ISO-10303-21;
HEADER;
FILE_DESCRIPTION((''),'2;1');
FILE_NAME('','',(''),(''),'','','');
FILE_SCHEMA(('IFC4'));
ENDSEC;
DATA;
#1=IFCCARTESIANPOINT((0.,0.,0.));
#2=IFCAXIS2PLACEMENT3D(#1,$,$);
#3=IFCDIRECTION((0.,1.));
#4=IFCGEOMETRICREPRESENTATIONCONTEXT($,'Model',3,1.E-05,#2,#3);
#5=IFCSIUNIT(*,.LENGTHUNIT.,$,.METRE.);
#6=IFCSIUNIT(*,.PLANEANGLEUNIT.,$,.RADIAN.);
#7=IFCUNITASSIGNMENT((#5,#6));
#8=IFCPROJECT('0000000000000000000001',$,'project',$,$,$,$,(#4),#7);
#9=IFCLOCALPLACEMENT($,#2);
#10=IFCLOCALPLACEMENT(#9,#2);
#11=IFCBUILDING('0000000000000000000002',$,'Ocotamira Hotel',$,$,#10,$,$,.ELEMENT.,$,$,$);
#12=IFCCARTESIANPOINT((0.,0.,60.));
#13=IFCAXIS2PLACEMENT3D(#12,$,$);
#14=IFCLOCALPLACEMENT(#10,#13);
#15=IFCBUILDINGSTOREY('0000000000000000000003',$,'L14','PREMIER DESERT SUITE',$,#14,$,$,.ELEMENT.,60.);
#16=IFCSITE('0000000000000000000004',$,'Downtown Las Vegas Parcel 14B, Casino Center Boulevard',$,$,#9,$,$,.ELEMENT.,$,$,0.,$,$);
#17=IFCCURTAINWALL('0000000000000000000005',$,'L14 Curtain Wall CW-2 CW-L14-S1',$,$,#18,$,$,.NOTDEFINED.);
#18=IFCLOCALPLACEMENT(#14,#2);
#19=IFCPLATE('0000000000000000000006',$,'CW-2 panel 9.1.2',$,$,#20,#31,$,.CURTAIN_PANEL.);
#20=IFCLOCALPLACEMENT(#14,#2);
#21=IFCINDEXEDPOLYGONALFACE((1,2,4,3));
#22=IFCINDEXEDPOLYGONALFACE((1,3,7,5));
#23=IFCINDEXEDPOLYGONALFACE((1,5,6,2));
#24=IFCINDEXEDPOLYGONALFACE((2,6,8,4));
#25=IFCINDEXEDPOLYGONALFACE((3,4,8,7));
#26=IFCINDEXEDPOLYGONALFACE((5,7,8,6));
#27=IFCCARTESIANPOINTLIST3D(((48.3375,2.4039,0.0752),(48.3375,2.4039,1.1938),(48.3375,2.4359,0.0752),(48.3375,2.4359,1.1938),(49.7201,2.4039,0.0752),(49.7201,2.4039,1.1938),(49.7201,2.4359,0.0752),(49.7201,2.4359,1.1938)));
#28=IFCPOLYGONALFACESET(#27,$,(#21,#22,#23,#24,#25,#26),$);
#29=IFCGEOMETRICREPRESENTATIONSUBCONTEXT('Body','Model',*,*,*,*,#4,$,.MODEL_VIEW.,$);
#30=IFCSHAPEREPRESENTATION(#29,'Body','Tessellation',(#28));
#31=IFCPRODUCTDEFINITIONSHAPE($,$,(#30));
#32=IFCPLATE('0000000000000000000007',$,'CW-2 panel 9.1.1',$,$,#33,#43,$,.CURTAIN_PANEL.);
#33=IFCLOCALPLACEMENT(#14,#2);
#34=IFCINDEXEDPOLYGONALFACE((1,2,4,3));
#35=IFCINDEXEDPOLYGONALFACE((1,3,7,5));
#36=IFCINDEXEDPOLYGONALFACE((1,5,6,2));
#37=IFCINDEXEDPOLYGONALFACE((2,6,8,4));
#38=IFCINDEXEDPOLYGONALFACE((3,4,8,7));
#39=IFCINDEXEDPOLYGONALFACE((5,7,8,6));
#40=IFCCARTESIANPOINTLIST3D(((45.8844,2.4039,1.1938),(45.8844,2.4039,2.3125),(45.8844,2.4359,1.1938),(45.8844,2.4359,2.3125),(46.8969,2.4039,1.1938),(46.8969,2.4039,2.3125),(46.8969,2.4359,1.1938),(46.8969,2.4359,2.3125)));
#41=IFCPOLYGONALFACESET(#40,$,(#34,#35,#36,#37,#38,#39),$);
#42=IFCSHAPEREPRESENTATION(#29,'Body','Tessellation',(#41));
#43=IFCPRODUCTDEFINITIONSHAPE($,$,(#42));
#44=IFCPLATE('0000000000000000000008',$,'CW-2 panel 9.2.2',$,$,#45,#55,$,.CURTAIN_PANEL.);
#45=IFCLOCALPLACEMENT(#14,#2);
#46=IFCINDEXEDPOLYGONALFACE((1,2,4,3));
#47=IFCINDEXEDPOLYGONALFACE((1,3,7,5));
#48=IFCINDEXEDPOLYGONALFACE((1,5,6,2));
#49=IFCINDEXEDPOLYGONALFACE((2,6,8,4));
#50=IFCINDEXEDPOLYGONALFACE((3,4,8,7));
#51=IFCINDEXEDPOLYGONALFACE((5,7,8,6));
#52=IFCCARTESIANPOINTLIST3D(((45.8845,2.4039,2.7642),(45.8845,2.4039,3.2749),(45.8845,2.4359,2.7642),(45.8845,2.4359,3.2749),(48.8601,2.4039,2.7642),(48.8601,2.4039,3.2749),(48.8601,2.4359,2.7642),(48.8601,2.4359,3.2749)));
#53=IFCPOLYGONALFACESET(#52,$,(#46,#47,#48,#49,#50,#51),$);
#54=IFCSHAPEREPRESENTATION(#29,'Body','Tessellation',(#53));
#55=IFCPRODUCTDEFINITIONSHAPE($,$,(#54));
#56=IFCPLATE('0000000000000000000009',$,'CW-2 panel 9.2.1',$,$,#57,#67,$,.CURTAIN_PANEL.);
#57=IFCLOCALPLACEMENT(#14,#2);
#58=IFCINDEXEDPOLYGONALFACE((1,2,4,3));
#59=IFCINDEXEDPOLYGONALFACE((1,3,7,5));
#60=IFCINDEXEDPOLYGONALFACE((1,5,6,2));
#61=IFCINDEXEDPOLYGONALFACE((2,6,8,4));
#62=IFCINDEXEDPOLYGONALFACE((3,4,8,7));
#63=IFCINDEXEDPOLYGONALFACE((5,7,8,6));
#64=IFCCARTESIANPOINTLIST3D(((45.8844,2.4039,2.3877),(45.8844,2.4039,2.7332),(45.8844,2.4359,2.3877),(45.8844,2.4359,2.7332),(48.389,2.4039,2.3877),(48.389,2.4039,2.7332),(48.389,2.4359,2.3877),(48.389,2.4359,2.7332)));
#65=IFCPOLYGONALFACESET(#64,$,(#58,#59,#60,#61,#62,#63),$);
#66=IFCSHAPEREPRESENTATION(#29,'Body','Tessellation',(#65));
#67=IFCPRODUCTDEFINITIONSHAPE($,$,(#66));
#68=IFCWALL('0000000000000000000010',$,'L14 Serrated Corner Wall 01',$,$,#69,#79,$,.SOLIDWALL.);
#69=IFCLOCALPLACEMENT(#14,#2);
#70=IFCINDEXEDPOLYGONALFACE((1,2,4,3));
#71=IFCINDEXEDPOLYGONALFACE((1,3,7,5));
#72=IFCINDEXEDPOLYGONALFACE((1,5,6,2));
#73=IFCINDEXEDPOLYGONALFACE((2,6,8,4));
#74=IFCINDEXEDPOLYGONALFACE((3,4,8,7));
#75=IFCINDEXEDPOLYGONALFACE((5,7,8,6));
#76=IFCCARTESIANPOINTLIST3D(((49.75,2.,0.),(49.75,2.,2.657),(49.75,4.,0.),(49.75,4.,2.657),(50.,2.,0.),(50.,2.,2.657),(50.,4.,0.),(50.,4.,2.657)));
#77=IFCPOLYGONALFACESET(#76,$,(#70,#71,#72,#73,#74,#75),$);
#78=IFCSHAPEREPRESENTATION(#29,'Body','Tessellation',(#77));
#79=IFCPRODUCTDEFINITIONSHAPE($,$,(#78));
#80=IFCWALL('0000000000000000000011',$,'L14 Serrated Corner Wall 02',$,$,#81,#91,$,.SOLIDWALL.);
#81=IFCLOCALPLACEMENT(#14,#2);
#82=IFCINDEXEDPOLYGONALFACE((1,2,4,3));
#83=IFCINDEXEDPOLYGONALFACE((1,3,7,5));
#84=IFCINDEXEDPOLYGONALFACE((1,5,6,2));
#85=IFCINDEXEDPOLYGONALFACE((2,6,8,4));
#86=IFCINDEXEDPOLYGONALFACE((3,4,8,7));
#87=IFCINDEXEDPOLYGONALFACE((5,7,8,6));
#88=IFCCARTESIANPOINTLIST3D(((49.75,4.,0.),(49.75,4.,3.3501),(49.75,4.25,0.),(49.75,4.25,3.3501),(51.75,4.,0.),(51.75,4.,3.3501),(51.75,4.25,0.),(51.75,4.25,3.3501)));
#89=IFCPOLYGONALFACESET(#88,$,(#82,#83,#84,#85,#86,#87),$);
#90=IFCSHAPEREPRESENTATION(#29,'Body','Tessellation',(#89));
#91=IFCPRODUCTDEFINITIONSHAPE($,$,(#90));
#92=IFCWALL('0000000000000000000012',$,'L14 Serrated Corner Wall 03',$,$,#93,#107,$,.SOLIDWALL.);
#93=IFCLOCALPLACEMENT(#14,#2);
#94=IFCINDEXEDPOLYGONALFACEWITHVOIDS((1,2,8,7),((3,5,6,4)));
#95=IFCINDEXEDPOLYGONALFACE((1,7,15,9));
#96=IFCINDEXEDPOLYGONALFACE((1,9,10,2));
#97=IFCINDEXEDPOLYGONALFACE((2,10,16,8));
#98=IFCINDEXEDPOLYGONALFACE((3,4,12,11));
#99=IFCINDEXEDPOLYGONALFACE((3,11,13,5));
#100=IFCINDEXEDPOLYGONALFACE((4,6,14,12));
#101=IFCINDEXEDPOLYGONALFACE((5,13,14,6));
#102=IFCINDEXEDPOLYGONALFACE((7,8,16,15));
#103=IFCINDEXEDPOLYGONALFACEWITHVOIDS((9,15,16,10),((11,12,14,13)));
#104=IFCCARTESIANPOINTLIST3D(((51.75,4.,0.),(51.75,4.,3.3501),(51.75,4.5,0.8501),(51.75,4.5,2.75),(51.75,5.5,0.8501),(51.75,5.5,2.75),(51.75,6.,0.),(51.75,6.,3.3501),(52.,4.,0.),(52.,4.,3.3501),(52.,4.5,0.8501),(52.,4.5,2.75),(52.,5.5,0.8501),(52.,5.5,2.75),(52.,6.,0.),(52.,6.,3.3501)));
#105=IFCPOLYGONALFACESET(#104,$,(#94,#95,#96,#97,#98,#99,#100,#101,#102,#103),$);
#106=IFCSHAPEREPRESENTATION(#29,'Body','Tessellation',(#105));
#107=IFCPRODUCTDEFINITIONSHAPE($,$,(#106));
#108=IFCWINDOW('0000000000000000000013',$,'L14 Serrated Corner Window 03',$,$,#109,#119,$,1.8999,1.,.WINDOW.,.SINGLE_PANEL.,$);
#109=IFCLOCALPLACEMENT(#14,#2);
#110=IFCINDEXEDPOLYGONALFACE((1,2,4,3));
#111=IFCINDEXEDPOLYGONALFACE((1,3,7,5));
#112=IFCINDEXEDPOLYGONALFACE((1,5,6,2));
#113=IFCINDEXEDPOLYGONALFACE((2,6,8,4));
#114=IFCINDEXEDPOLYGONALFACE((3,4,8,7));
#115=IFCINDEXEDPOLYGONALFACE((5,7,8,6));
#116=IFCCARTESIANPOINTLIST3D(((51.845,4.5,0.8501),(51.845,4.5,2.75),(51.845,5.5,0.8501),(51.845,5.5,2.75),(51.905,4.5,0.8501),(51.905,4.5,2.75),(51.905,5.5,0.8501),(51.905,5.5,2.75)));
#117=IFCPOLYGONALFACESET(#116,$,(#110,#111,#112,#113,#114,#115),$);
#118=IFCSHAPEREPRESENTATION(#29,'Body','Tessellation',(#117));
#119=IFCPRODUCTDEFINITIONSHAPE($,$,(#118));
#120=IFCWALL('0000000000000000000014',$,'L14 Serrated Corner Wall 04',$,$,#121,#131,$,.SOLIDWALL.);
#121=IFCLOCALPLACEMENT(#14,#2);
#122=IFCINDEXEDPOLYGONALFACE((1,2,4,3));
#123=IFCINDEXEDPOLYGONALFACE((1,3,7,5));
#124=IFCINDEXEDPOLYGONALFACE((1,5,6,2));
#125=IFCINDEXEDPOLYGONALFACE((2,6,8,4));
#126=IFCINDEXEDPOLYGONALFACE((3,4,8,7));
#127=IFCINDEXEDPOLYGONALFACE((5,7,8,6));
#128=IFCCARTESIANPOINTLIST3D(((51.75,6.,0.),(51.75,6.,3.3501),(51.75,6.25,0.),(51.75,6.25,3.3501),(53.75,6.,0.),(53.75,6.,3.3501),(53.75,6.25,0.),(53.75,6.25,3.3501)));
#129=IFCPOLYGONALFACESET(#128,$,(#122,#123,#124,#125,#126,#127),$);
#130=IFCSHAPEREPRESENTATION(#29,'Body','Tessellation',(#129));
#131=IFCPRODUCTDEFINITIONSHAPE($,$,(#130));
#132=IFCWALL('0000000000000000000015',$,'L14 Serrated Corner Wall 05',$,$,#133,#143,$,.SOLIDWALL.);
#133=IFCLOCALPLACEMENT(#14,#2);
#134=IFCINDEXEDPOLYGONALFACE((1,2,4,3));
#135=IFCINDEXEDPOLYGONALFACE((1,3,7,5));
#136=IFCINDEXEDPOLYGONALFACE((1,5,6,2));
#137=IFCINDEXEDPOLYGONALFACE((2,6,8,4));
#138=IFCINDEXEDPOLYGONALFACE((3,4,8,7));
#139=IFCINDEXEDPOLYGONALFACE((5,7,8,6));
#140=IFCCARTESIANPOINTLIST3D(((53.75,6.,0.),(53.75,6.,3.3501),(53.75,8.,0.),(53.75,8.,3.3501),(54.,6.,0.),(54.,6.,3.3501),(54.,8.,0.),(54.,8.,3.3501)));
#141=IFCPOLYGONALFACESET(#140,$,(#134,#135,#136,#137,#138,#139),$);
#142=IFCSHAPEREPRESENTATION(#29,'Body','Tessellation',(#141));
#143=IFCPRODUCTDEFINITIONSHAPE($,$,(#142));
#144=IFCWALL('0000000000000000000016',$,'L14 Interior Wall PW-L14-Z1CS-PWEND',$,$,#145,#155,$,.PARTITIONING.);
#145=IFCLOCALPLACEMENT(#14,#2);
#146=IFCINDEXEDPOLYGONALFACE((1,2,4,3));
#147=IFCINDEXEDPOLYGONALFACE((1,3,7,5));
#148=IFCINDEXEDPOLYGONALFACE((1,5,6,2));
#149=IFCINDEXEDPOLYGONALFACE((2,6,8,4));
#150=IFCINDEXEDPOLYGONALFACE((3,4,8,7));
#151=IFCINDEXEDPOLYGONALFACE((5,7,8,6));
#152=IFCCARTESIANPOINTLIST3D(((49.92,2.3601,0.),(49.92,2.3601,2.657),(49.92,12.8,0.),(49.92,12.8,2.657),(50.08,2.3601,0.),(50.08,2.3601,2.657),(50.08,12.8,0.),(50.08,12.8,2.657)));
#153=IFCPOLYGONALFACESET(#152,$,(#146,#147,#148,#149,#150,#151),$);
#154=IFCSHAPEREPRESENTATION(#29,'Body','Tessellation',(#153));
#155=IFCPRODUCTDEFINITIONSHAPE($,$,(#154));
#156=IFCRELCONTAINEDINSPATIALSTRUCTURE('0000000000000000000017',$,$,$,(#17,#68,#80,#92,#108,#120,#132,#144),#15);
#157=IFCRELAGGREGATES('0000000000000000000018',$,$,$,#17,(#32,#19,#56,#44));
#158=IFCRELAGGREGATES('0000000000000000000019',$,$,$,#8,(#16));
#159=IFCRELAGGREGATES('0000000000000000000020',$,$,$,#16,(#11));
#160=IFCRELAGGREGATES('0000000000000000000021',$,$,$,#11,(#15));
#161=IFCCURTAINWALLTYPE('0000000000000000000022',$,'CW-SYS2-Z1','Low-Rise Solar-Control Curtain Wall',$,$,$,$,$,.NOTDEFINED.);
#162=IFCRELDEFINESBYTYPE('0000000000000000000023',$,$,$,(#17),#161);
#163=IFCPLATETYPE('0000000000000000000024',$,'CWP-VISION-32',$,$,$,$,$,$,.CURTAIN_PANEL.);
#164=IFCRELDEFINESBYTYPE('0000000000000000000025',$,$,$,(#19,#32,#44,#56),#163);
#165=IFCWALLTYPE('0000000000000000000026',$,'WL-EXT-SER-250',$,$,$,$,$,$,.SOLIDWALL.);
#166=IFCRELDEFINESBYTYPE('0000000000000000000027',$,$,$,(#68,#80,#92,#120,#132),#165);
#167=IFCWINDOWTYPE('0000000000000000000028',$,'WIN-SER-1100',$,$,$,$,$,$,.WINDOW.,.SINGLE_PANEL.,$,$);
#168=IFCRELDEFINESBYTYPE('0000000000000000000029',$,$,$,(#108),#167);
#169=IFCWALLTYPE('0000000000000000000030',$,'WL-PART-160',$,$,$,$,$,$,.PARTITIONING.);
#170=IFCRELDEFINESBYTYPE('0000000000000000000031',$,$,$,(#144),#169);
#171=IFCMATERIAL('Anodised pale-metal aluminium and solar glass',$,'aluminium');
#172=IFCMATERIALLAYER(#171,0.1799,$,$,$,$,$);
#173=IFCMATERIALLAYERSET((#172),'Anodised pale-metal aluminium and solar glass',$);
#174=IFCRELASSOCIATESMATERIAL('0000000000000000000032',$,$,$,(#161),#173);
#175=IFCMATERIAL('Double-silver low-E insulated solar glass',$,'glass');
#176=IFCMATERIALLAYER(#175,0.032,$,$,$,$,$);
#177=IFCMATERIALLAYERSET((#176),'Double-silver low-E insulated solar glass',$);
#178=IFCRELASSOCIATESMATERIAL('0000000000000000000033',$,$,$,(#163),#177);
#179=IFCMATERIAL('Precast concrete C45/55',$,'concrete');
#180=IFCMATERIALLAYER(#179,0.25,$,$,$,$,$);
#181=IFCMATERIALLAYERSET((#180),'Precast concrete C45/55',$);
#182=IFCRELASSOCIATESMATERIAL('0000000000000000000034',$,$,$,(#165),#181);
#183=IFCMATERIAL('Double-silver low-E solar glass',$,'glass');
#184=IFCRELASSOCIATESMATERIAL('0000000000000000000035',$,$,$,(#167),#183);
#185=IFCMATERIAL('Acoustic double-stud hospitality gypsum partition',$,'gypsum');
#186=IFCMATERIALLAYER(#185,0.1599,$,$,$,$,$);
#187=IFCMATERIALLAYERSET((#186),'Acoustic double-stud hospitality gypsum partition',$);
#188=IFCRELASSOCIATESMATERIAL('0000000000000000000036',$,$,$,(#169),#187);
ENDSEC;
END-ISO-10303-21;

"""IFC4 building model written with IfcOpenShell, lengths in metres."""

from ifc_helpers import new_model, si_unit, direction, frame, frame_2d, origin, origin_2d, place, context, subcontext, project, spatial, rectangle, extrude, source, transform, mapped, material, layer, layer_set, type_object, element, fill, aggregate, save


model = new_model("IFC4")

# Units and contexts
model_context = context("Model", 3, precision=1e-05, world=origin(), true_north=direction((0.0, 1.0)))
body_context = subcontext(model_context, "Body", "Model", "MODEL_VIEW")
ifc_project = project(units=[si_unit("LENGTHUNIT", "METRE"), si_unit("PLANEANGLEUNIT", "RADIAN")], contexts=[model_context])

# Site, building, storey
site_placement = place(None, origin())
site = spatial("IfcSite", under=ifc_project, at=site_placement, Name="Downtown Las Vegas Parcel 14B, Casino Center Boulevard", CompositionType="ELEMENT", RefElevation=0.0)
building_placement = place(site_placement, origin())
building = spatial("IfcBuilding", under=site, at=building_placement, Name="Ocotamira Hotel", CompositionType="ELEMENT")
storey_placement = place(building_placement, frame((0.0, 0.0, 60.0)))
storey = spatial("IfcBuildingStorey", under=building, at=storey_placement, Name="L14", Description="PREMIER DESERT SUITE", CompositionType="ELEMENT", Elevation=60.0)

# Curtain wall
ifc_material_1 = material(Name="Anodised pale-metal aluminium and solar glass", Category="aluminium")
ifc_layer_1 = layer(ifc_material_1, 0.1799)
ifc_layer_set_1 = layer_set([ifc_layer_1], Name="Anodised pale-metal aluminium and solar glass")
curtain_wall_type = type_object("IfcCurtainWallType", Name="CW-SYS2-Z1", Description="Low-Rise Solar-Control Curtain Wall", PredefinedType="NOTDEFINED", material=ifc_layer_set_1)
curtain_wall_placement = place(storey_placement, origin())
curtain_wall = element("IfcCurtainWall", 1, at=curtain_wall_placement, inside=storey, type_object=curtain_wall_type, Name="L14 Curtain Wall CW-2 CW-L14-S1", PredefinedType="NOTDEFINED")

# Plates
ifc_material_2 = material(Name="Double-silver low-E insulated solar glass", Category="glass")
ifc_layer_2 = layer(ifc_material_2, 0.032)
ifc_layer_set_2 = layer_set([ifc_layer_2], Name="Double-silver low-E insulated solar glass")
plate_type_1 = type_object("IfcPlateType", Name="CWP-VISION-32", PredefinedType="CURTAIN_PANEL", material=ifc_layer_set_2)
shared_shape_1 = source(origin(), body_context, "Body", "SweptSolid", [
    extrude(rectangle(XDim=1.3826, YDim=0.032, at=origin_2d()), origin(), (0.0, 0.0, 1.0), 1.1187),
])
plate_1_placement = place(storey_placement, frame((49.0288, 2.4199, 0.0752), z_axis=(0.0, 0.0, 1.0), x_axis=(1.0, 0.0, 0.0)))
plate_1 = element("IfcPlate", 2, at=plate_1_placement, type_object=plate_type_1, Name="CW-2 panel 9.1.2", PredefinedType="CURTAIN_PANEL", context=body_context, shape_type="MappedRepresentation", body=[
    mapped(shared_shape_1, transform((0.0, 0.0, 0.0), scale=1.0)),
])
shared_shape_2 = source(origin(), body_context, "Body", "SweptSolid", [
    extrude(rectangle(XDim=1.0125, YDim=0.032, at=origin_2d()), origin(), (0.0, 0.0, 1.0), 1.1187),
])
plate_2_placement = place(storey_placement, frame((46.3906, 2.4199, 1.1938), z_axis=(0.0, 0.0, 1.0), x_axis=(1.0, 0.0, 0.0)))
plate_2 = element("IfcPlate", 3, at=plate_2_placement, type_object=plate_type_1, Name="CW-2 panel 9.1.1", PredefinedType="CURTAIN_PANEL", context=body_context, shape_type="MappedRepresentation", body=[
    mapped(shared_shape_2, transform((0.0, 0.0, 0.0), scale=1.0)),
])
shared_shape_3 = source(origin(), body_context, "Body", "SweptSolid", [
    extrude(rectangle(XDim=2.9756, YDim=0.032, at=origin_2d()), origin(), (0.0, 0.0, 1.0), 0.5107),
])
plate_3_placement = place(storey_placement, frame((47.3723, 2.4199, 2.7642), z_axis=(0.0, 0.0, 1.0), x_axis=(1.0, 0.0, 0.0)))
plate_3 = element("IfcPlate", 4, at=plate_3_placement, type_object=plate_type_1, Name="CW-2 panel 9.2.2", PredefinedType="CURTAIN_PANEL", context=body_context, shape_type="MappedRepresentation", body=[
    mapped(shared_shape_3, transform((0.0, 0.0, 0.0), scale=1.0)),
])
shared_shape_4 = source(origin(), body_context, "Body", "SweptSolid", [
    extrude(rectangle(XDim=2.5046, YDim=0.032, at=origin_2d()), origin(), (0.0, 0.0, 1.0), 0.3455),
])
plate_4_placement = place(storey_placement, frame((47.1367, 2.4199, 2.3877), z_axis=(0.0, 0.0, 1.0), x_axis=(1.0, 0.0, 0.0)))
plate_4 = element("IfcPlate", 5, at=plate_4_placement, type_object=plate_type_1, Name="CW-2 panel 9.2.1", PredefinedType="CURTAIN_PANEL", context=body_context, shape_type="MappedRepresentation", body=[
    mapped(shared_shape_4, transform((0.0, 0.0, 0.0), scale=1.0)),
])
aggregate(curtain_wall, [plate_2, plate_1, plate_4, plate_3])

# Walls
ifc_material_3 = material(Name="Precast concrete C45/55", Category="concrete")
ifc_layer_3 = layer(ifc_material_3, 0.25)
ifc_layer_set_3 = layer_set([ifc_layer_3], Name="Precast concrete C45/55")
wall_type_1 = type_object("IfcWallType", Name="WL-EXT-SER-250", PredefinedType="SOLIDWALL", material=ifc_layer_set_3)
wall_1_placement = place(storey_placement, frame((49.875, 2.0, 0.0), z_axis=(0.0, 0.0, 1.0), x_axis=(0.0, 1.0, 0.0)))
element("IfcWall", 6, at=wall_1_placement, inside=storey, type_object=wall_type_1, Name="L14 Serrated Corner Wall 01", PredefinedType="SOLIDWALL", context=body_context, shape_type="SweptSolid", body=[
    extrude(rectangle(XDim=2.0, YDim=0.25, at=frame_2d((1.0, 0.0))), origin(), (0.0, 0.0, 1.0), 2.657),
])
wall_2_placement = place(storey_placement, frame((49.75, 4.125, 0.0), z_axis=(0.0, 0.0, 1.0), x_axis=(1.0, 0.0, 0.0)))
element("IfcWall", 7, at=wall_2_placement, inside=storey, type_object=wall_type_1, Name="L14 Serrated Corner Wall 02", PredefinedType="SOLIDWALL", context=body_context, shape_type="SweptSolid", body=[
    extrude(rectangle(XDim=2.0, YDim=0.25, at=frame_2d((1.0, 0.0))), origin(), (0.0, 0.0, 1.0), 3.3501),
])

# Wall, opening, window
wall_3_placement = place(storey_placement, frame((51.875, 4.0, 0.0), z_axis=(0.0, 0.0, 1.0), x_axis=(0.0, 1.0, 0.0)))
wall_3 = element("IfcWall", 8, at=wall_3_placement, inside=storey, type_object=wall_type_1, Name="L14 Serrated Corner Wall 03", PredefinedType="SOLIDWALL", context=body_context, shape_type="SweptSolid", body=[
    extrude(rectangle(XDim=2.0, YDim=0.25, at=frame_2d((1.0, 0.0))), origin(), (0.0, 0.0, 1.0), 3.3501),
])
opening_placement = place(wall_3_placement, frame((0.5, 0.0, 0.8501)))
opening = element("IfcOpeningElement", 9, at=opening_placement, cuts=wall_3, PredefinedType="OPENING", context=body_context, shape_type="SweptSolid", body=[
    extrude(rectangle(XDim=1.0, YDim=1.8999, at=frame_2d((0.5, 0.95))), frame((0.0, 0.135, 0.0), z_axis=(0.0, -1.0, 0.0), x_axis=(1.0, 0.0, 0.0)), (0.0, 0.0, 1.0), 0.27),
])
ifc_material_4 = material(Name="Double-silver low-E solar glass", Category="glass")
window_type = type_object("IfcWindowType", Name="WIN-SER-1100", PartitioningType="SINGLE_PANEL", PredefinedType="WINDOW", material=ifc_material_4)
shared_shape_5 = source(origin(), body_context, "Body", "SweptSolid", [
    extrude(rectangle(XDim=1.0, YDim=1.8999, at=frame_2d((0.5, 0.95))), frame((0.0, 0.03, 0.0), z_axis=(0.0, -1.0, 0.0), x_axis=(1.0, 0.0, 0.0)), (0.0, 0.0, 1.0), 0.0601),
])
window_placement = place(opening_placement, origin())
window = element("IfcWindow", 10, at=window_placement, inside=storey, type_object=window_type, Name="L14 Serrated Corner Window 03", OverallHeight=1.8999, OverallWidth=1.0, PartitioningType="SINGLE_PANEL", PredefinedType="WINDOW", context=body_context, shape_type="MappedRepresentation", body=[
    mapped(shared_shape_5, transform((0.0, 0.0, 0.0), scale=1.0)),
])
fill(opening, window)

# Walls
for number, where, z_axis, x_axis, name in (
    (11, (51.75, 6.125, 0.0), (0.0, 0.0, 1.0), (1.0, 0.0, 0.0), "L14 Serrated Corner Wall 04"),
    (12, (53.875, 6.0, 0.0), (0.0, 0.0, 1.0), (0.0, 1.0, 0.0), "L14 Serrated Corner Wall 05"),
):
    element("IfcWall", number, at=place(storey_placement, frame(where, z_axis=z_axis, x_axis=x_axis)), inside=storey, type_object=wall_type_1, Name=name, PredefinedType="SOLIDWALL", context=body_context, shape_type="SweptSolid", body=[
        extrude(rectangle(XDim=2.0, YDim=0.25, at=frame_2d((1.0, 0.0))), origin(), (0.0, 0.0, 1.0), 3.3501),
    ])
ifc_material_5 = material(Name="Acoustic double-stud hospitality gypsum partition", Category="gypsum")
ifc_layer_4 = layer(ifc_material_5, 0.1599)
ifc_layer_set_4 = layer_set([ifc_layer_4], Name="Acoustic double-stud hospitality gypsum partition")
wall_type_2 = type_object("IfcWallType", Name="WL-PART-160", PredefinedType="PARTITIONING", material=ifc_layer_set_4)
wall_4_placement = place(storey_placement, frame((50.0, 2.3601, 0.0), z_axis=(0.0, 0.0, 1.0), x_axis=(0.0, 1.0, 0.0)))
element("IfcWall", 13, at=wall_4_placement, inside=storey, type_object=wall_type_2, Name="L14 Interior Wall PW-L14-Z1CS-PWEND", PredefinedType="PARTITIONING", context=body_context, shape_type="SweptSolid", body=[
    extrude(rectangle(XDim=10.4399, YDim=0.1599, at=frame_2d((5.22, 0.0))), origin(), (0.0, 0.0, 1.0), 2.657),
])

save(model, "model.ifc")
